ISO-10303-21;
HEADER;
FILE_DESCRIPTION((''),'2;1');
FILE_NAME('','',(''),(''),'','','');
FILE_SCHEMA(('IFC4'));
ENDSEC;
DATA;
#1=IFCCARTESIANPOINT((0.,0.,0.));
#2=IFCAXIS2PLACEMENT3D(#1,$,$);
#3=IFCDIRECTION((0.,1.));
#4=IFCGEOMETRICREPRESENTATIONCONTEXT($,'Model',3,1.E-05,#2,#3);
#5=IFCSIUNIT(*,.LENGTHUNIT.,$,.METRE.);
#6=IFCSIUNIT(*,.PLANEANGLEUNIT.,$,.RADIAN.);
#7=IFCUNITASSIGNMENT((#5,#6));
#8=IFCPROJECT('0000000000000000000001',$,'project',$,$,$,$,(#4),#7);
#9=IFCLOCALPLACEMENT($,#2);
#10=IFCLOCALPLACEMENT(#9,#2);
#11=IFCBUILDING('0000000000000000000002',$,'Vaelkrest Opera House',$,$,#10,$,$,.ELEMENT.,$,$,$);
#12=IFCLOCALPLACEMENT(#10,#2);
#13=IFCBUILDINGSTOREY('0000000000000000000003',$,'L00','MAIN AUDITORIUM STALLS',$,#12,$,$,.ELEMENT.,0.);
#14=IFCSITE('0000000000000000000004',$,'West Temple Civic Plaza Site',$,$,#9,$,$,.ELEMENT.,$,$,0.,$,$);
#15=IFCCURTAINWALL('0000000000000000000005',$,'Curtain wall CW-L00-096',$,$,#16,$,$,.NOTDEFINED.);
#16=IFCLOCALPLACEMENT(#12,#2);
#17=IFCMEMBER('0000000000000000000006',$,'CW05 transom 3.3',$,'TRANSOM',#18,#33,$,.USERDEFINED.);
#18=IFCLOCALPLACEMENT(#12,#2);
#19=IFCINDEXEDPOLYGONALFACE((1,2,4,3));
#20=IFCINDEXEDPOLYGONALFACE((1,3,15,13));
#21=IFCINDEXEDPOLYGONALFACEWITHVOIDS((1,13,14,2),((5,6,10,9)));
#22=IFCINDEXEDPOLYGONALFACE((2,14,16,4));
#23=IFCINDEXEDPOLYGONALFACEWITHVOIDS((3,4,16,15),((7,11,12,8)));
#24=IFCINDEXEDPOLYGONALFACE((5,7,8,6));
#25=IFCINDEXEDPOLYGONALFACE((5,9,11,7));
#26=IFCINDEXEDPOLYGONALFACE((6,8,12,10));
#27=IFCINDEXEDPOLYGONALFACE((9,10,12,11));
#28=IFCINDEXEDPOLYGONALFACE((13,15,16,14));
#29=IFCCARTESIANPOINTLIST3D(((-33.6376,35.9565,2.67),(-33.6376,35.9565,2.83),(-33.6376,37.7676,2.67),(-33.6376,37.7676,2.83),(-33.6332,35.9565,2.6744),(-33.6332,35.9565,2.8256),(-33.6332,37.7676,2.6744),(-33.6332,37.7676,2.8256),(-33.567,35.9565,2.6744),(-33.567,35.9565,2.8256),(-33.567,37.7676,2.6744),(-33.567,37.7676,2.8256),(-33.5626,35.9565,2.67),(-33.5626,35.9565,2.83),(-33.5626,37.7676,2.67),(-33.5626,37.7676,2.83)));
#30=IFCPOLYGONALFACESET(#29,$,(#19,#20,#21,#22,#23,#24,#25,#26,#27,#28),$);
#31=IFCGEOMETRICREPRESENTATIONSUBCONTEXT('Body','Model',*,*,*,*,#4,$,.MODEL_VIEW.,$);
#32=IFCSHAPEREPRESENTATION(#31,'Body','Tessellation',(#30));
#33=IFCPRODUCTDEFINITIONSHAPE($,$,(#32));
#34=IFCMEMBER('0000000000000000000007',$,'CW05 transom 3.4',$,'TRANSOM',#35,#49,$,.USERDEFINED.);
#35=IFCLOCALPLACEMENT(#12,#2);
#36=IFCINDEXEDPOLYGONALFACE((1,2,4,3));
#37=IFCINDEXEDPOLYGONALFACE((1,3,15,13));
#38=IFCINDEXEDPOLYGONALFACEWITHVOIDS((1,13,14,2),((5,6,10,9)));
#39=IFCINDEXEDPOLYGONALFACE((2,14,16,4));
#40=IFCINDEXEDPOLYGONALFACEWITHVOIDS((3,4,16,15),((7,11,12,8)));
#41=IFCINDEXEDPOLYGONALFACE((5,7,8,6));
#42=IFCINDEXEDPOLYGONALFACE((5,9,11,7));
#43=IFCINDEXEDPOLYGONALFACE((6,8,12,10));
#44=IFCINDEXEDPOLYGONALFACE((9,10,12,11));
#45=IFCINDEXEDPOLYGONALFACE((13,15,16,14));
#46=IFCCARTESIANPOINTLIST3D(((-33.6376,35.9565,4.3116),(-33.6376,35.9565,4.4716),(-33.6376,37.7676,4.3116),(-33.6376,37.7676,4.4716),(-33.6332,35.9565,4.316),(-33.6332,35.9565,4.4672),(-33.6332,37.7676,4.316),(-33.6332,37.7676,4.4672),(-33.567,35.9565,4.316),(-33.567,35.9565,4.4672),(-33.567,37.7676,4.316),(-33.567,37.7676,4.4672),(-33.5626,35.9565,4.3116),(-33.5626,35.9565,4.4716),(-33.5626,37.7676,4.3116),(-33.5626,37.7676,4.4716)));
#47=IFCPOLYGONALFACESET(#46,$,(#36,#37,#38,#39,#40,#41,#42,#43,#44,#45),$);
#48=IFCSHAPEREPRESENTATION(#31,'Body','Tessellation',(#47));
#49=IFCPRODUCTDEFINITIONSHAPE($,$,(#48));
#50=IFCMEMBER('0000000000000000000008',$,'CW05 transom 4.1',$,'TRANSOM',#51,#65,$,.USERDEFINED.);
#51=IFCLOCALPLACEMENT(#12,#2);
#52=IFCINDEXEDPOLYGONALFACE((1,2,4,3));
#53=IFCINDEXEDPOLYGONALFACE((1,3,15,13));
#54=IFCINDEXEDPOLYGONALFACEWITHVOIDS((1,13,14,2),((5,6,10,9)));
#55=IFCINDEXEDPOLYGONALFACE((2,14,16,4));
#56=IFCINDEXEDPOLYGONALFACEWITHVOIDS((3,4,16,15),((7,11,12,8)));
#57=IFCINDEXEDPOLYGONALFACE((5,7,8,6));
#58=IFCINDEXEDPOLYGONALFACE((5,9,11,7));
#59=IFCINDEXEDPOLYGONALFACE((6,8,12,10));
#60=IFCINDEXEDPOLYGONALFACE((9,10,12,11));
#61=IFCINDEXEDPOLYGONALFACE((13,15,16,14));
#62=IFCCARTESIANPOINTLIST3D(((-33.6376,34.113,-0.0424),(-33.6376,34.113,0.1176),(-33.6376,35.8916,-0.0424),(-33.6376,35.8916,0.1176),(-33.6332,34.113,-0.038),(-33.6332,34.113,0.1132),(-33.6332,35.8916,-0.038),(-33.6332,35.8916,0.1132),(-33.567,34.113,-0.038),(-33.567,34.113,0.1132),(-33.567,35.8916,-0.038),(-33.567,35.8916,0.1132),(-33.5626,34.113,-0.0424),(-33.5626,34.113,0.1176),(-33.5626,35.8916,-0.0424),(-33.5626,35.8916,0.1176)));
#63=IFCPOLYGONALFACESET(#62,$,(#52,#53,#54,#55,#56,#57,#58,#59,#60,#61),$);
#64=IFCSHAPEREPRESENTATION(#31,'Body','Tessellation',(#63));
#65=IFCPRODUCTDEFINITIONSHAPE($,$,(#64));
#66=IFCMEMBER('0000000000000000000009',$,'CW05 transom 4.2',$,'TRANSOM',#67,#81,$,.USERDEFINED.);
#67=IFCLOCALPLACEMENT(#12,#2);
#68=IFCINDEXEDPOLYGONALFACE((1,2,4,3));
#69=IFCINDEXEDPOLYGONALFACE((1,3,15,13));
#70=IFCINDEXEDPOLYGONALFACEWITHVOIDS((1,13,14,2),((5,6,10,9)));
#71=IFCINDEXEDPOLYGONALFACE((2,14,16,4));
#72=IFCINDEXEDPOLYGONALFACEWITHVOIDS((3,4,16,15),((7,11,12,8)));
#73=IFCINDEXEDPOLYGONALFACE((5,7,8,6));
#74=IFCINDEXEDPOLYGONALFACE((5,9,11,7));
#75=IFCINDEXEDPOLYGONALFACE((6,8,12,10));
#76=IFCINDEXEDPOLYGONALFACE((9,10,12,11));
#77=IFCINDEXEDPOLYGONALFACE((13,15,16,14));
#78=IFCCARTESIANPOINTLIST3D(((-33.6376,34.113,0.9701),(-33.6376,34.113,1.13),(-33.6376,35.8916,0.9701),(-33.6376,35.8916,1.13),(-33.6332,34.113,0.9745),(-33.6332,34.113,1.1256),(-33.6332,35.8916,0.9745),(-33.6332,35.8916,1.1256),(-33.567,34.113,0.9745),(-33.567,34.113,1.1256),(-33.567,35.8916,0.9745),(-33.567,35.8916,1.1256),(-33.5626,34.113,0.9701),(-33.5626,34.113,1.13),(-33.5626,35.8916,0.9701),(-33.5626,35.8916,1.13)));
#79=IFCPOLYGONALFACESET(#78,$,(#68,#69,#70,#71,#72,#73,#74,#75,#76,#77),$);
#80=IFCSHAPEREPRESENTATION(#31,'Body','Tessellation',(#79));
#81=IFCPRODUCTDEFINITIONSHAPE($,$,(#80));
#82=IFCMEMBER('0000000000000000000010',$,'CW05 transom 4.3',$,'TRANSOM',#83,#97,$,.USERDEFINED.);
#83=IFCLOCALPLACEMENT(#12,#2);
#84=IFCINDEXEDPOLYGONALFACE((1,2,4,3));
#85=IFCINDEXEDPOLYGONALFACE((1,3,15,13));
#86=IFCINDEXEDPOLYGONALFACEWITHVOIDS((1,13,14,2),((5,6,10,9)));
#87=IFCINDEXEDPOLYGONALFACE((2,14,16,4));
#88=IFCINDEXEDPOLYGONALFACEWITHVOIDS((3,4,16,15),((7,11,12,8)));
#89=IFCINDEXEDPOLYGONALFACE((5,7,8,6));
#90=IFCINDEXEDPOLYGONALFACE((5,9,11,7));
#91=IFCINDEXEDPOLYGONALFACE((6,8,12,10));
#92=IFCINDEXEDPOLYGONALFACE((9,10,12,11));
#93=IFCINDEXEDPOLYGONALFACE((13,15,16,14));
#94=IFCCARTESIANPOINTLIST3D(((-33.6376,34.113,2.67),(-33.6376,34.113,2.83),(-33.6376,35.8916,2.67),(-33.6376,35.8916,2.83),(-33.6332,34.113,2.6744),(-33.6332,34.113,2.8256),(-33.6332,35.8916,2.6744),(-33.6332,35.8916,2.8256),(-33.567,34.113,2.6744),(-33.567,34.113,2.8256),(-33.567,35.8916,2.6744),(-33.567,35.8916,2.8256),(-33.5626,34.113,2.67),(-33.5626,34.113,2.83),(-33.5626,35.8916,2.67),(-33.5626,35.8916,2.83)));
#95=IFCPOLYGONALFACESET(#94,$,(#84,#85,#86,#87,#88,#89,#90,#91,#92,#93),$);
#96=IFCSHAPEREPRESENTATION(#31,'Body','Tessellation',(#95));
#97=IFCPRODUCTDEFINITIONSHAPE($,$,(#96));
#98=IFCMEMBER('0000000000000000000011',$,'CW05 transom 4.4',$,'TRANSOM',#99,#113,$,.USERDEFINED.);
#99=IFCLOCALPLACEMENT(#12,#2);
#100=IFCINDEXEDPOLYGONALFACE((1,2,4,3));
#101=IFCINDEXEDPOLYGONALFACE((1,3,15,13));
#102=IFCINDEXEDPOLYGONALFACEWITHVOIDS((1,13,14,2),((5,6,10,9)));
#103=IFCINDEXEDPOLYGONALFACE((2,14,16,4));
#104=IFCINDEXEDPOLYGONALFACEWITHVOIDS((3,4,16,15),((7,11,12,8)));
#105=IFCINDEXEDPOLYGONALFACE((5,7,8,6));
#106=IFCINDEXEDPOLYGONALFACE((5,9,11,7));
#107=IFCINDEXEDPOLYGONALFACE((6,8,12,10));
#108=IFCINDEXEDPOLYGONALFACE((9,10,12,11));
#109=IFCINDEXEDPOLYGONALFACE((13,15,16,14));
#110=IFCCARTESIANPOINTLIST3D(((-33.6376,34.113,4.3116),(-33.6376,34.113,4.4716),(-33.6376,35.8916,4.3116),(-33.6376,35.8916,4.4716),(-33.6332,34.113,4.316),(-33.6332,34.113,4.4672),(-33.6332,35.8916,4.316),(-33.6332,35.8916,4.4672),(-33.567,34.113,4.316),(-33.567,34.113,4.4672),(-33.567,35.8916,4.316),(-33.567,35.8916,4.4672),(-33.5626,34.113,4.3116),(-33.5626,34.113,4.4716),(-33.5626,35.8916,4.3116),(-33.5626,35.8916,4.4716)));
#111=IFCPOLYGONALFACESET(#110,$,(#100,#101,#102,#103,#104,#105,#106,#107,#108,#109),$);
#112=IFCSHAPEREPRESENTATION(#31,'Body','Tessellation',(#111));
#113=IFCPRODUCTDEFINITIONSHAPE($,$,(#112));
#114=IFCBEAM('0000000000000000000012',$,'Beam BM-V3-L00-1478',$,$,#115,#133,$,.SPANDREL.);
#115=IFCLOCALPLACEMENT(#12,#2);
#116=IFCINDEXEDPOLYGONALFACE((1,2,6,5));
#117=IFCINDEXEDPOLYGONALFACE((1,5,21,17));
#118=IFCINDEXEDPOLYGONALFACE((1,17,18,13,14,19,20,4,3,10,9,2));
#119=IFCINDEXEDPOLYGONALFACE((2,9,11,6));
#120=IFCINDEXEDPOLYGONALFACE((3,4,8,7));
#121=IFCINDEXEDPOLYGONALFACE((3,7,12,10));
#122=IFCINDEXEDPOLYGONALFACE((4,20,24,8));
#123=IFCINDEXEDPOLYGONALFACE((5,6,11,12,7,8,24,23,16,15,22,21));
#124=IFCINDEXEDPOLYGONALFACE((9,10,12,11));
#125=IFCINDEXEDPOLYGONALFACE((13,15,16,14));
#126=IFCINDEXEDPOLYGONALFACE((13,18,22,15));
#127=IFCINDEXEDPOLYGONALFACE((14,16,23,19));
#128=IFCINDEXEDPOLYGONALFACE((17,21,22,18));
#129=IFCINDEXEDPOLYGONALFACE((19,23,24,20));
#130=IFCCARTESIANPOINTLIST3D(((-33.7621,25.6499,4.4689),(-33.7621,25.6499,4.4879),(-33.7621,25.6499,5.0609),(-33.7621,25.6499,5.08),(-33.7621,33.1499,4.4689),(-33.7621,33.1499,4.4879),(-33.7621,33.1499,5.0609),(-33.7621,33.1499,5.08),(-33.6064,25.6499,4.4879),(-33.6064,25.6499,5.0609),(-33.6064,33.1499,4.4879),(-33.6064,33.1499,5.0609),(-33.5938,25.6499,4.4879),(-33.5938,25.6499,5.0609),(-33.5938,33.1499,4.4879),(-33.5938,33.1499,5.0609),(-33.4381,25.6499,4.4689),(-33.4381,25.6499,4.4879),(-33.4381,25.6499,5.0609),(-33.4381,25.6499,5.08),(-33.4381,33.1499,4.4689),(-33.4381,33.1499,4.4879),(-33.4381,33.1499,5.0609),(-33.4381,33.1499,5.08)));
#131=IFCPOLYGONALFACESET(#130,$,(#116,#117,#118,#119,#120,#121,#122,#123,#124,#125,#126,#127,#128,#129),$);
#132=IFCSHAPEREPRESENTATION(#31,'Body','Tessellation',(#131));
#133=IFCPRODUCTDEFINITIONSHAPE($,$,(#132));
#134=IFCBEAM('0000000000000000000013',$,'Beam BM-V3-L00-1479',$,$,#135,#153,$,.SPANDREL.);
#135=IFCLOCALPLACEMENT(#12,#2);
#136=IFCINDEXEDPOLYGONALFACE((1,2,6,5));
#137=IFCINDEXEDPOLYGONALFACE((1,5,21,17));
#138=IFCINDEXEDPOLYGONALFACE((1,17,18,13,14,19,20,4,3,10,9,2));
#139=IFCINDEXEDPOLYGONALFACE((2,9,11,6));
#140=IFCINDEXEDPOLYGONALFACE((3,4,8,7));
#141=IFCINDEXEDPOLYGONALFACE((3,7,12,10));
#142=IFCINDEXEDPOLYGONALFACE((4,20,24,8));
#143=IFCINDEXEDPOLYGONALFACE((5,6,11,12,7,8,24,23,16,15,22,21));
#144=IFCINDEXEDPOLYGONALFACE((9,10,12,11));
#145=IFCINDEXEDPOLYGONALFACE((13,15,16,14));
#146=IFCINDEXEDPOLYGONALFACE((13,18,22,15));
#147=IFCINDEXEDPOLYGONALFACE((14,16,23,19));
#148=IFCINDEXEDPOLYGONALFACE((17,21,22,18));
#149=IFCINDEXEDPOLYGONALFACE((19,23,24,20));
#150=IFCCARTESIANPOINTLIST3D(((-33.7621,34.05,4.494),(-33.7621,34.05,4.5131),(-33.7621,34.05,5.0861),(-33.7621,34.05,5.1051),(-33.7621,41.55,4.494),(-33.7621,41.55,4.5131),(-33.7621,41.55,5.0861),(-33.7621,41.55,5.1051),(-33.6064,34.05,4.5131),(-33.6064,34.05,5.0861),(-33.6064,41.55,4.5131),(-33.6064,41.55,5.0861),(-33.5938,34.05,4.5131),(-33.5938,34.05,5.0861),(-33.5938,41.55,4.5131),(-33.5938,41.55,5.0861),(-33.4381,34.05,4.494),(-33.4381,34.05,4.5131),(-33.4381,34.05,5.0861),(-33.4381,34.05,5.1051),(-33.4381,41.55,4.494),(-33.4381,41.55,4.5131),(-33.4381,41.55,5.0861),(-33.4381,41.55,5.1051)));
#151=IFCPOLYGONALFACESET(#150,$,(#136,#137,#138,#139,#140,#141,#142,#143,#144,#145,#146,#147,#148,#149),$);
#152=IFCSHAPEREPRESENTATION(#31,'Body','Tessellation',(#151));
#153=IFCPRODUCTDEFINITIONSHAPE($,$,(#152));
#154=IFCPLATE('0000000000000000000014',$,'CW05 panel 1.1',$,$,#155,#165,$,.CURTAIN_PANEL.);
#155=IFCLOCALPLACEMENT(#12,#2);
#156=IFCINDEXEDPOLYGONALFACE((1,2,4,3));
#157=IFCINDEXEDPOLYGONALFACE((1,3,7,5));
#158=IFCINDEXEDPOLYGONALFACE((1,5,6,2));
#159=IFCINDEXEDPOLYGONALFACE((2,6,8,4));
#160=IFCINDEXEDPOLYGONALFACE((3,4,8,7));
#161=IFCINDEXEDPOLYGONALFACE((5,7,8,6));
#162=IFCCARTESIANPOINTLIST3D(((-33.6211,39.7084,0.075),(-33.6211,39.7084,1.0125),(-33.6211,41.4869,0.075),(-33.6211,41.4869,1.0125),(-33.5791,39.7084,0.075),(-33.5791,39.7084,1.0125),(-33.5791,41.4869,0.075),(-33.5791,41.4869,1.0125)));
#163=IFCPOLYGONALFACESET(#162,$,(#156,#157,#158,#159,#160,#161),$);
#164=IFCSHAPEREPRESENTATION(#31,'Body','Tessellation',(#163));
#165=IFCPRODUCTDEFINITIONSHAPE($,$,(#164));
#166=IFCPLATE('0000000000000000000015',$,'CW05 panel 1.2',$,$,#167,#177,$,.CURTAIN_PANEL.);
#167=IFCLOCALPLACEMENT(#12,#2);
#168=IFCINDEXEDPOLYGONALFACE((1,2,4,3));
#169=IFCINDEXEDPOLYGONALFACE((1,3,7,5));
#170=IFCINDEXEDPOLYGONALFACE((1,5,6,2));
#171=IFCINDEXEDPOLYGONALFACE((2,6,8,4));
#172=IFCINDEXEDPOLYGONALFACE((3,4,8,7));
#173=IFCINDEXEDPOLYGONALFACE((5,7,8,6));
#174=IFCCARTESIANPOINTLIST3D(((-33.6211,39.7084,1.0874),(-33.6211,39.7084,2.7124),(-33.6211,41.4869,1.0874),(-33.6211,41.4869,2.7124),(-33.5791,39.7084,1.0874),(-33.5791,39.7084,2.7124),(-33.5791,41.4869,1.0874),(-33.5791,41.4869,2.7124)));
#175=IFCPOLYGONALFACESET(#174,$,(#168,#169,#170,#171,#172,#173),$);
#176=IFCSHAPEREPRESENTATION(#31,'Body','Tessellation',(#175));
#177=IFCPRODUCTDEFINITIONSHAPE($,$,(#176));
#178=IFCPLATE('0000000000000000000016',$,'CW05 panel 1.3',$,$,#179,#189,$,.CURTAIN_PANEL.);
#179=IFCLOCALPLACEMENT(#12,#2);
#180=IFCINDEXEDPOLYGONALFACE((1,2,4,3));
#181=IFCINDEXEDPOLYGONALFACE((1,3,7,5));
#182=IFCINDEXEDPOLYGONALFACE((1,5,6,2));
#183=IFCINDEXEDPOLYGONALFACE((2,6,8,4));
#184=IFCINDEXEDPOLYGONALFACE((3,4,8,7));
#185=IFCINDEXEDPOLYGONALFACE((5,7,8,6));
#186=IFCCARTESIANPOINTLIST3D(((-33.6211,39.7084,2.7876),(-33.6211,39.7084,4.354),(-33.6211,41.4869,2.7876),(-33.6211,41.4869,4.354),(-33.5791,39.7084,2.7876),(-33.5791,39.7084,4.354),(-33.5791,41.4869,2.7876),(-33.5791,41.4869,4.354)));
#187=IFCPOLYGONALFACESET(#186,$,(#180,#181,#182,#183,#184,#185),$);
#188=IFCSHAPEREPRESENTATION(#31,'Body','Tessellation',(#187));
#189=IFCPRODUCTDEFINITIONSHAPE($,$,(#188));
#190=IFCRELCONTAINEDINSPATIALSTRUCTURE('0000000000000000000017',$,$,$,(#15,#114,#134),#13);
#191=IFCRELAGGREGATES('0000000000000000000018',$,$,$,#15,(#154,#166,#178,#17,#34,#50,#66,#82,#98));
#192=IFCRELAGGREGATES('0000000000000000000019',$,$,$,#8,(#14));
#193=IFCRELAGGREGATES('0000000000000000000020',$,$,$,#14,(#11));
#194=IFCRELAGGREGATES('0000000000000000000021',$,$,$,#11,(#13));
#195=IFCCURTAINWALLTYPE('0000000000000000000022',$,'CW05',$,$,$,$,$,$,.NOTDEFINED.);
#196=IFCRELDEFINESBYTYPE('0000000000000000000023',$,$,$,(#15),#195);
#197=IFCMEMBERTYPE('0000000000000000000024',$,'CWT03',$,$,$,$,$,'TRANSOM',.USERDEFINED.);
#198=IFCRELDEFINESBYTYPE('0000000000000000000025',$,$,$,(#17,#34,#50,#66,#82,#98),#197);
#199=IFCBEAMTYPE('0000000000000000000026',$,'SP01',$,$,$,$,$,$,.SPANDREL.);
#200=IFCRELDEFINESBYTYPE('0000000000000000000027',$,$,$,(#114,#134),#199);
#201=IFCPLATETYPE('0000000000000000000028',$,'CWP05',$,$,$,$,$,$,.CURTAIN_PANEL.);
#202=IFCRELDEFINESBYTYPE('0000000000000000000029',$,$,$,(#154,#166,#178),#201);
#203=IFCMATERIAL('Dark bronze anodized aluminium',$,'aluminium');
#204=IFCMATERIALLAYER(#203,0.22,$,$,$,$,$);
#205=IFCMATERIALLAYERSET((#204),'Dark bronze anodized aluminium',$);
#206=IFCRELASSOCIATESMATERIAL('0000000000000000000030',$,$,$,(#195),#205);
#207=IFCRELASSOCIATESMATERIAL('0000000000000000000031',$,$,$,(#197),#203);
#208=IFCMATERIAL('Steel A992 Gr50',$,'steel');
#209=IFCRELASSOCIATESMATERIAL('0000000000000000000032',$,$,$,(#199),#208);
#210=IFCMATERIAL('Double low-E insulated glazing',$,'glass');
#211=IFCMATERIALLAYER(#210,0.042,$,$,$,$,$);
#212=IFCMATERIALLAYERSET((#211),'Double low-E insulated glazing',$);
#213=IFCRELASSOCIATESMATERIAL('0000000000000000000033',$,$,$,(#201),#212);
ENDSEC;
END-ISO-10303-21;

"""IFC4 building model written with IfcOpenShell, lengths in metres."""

from ifc_helpers import new_model, si_unit, direction, frame, origin, origin_2d, place, context, subcontext, project, spatial, rectangle, hollow_rectangle, i_section, extrude, material, layer, layer_set, material_profile, profile_set, type_object, element, aggregate, save


model = new_model("IFC4")

# Units and contexts
model_context = context("Model", 3, precision=1e-05, world=origin(), true_north=direction((0.0, 1.0)))
body_context = subcontext(model_context, "Body", "Model", "MODEL_VIEW")
ifc_project = project(units=[si_unit("LENGTHUNIT", "METRE"), si_unit("PLANEANGLEUNIT", "RADIAN")], contexts=[model_context])

# Site, building, storey
site_placement = place(None, origin())
site = spatial("IfcSite", under=ifc_project, at=site_placement, Name="West Temple Civic Plaza Site", CompositionType="ELEMENT", RefElevation=0.0)
building_placement = place(site_placement, origin())
building = spatial("IfcBuilding", under=site, at=building_placement, Name="Vaelkrest Opera House", CompositionType="ELEMENT")
storey_placement = place(building_placement, origin())
storey = spatial("IfcBuildingStorey", under=building, at=storey_placement, Name="L00", Description="MAIN AUDITORIUM STALLS", CompositionType="ELEMENT", Elevation=0.0)

# Curtain wall, members
ifc_material_1 = material(Name="Dark bronze anodized aluminium", Category="aluminium")
ifc_layer_1 = layer(ifc_material_1, 0.22)
ifc_layer_set_1 = layer_set([ifc_layer_1], Name="Dark bronze anodized aluminium")
curtain_wall_type = type_object("IfcCurtainWallType", Name="CW05", PredefinedType="NOTDEFINED", material=ifc_layer_set_1)
curtain_wall_placement = place(storey_placement, origin())
curtain_wall = element("IfcCurtainWall", 1, at=curtain_wall_placement, inside=storey, type_object=curtain_wall_type, Name="Curtain wall CW-L00-096", PredefinedType="NOTDEFINED")
ifc_material_profile_1 = material_profile(ifc_material_1, hollow_rectangle(XDim=0.075, YDim=0.1599, WallThickness=0.0044, at=origin_2d()), Name="CWT75X160")
ifc_profile_set_1 = profile_set([ifc_material_profile_1], Name="Dark bronze anodized aluminium")
member_type_1 = type_object("IfcMemberType", Name="CWT03", ElementType="TRANSOM", PredefinedType="USERDEFINED", material=ifc_profile_set_1)
member_1_placement = place(storey_placement, frame((-33.6001, 37.7676, 2.75), z_axis=(0.0, -1.0, 0.0), x_axis=(1.0, 0.0, 0.0)))
member_1 = element("IfcMember", 2, at=member_1_placement, type_object=member_type_1, Name="CW05 transom 3.3", ObjectType="TRANSOM", PredefinedType="USERDEFINED", context=body_context, shape_type="SweptSolid", body=[
    extrude(hollow_rectangle(XDim=0.075, YDim=0.1599, WallThickness=0.0044, at=origin_2d()), origin(), (0.0, 0.0, 1.0), 1.811),
])
member_2_placement = place(storey_placement, frame((-33.6001, 37.7676, 4.3916), z_axis=(0.0, -1.0, 0.0), x_axis=(1.0, 0.0, 0.0)))
member_2 = element("IfcMember", 3, at=member_2_placement, type_object=member_type_1, Name="CW05 transom 3.4", ObjectType="TRANSOM", PredefinedType="USERDEFINED", context=body_context, shape_type="SweptSolid", body=[
    extrude(hollow_rectangle(XDim=0.075, YDim=0.1599, WallThickness=0.0044, at=origin_2d()), origin(), (0.0, 0.0, 1.0), 1.811),
])
member_3_placement = place(storey_placement, frame((-33.6001, 35.8916, 0.0376), z_axis=(0.0, -1.0, 0.0), x_axis=(1.0, 0.0, 0.0)))
member_3 = element("IfcMember", 4, at=member_3_placement, type_object=member_type_1, Name="CW05 transom 4.1", ObjectType="TRANSOM", PredefinedType="USERDEFINED", context=body_context, shape_type="SweptSolid", body=[
    extrude(hollow_rectangle(XDim=0.075, YDim=0.1599, WallThickness=0.0044, at=origin_2d()), origin(), (0.0, 0.0, 1.0), 1.7786),
])
member_4_placement = place(storey_placement, frame((-33.6001, 35.8916, 1.05), z_axis=(0.0, -1.0, 0.0), x_axis=(1.0, 0.0, 0.0)))
member_4 = element("IfcMember", 5, at=member_4_placement, type_object=member_type_1, Name="CW05 transom 4.2", ObjectType="TRANSOM", PredefinedType="USERDEFINED", context=body_context, shape_type="SweptSolid", body=[
    extrude(hollow_rectangle(XDim=0.075, YDim=0.1599, WallThickness=0.0044, at=origin_2d()), origin(), (0.0, 0.0, 1.0), 1.7786),
])
member_5_placement = place(storey_placement, frame((-33.6001, 35.8916, 2.75), z_axis=(0.0, -1.0, 0.0), x_axis=(1.0, 0.0, 0.0)))
member_5 = element("IfcMember", 6, at=member_5_placement, type_object=member_type_1, Name="CW05 transom 4.3", ObjectType="TRANSOM", PredefinedType="USERDEFINED", context=body_context, shape_type="SweptSolid", body=[
    extrude(hollow_rectangle(XDim=0.075, YDim=0.1599, WallThickness=0.0044, at=origin_2d()), origin(), (0.0, 0.0, 1.0), 1.7786),
])
member_6_placement = place(storey_placement, frame((-33.6001, 35.8916, 4.3916), z_axis=(0.0, -1.0, 0.0), x_axis=(1.0, 0.0, 0.0)))
member_6 = element("IfcMember", 7, at=member_6_placement, type_object=member_type_1, Name="CW05 transom 4.4", ObjectType="TRANSOM", PredefinedType="USERDEFINED", context=body_context, shape_type="SweptSolid", body=[
    extrude(hollow_rectangle(XDim=0.075, YDim=0.1599, WallThickness=0.0044, at=origin_2d()), origin(), (0.0, 0.0, 1.0), 1.7786),
])

# Beams
ifc_material_2 = material(Name="Steel A992 Gr50", Category="steel")
ifc_material_profile_2 = material_profile(ifc_material_2, i_section(OverallWidth=0.324, OverallDepth=0.6111, WebThickness=0.0127, FlangeThickness=0.019, at=origin_2d()), Name="W24X104")
ifc_profile_set_2 = profile_set([ifc_material_profile_2], Name="Steel A992 Gr50")
beam_type = type_object("IfcBeamType", Name="SP01", PredefinedType="SPANDREL", material=ifc_profile_set_2)
for number, where, z_axis, x_axis, name in (
    (8, (-33.6001, 25.6499, 4.7744), (0.0, 1.0, 0.0), (-1.0, 0.0, 0.0), "Beam BM-V3-L00-1478"),
    (9, (-33.6001, 34.05, 4.7996), (0.0, 1.0, 0.0), (-1.0, 0.0, 0.0), "Beam BM-V3-L00-1479"),
):
    element("IfcBeam", number, at=place(storey_placement, frame(where, z_axis=z_axis, x_axis=x_axis)), inside=storey, type_object=beam_type, Name=name, PredefinedType="SPANDREL", context=body_context, shape_type="SweptSolid", body=[
        extrude(i_section(OverallWidth=0.324, OverallDepth=0.6111, WebThickness=0.0127, FlangeThickness=0.019, at=origin_2d()), origin(), (0.0, 0.0, 1.0), 7.5),
    ])

# Plates
ifc_material_3 = material(Name="Double low-E insulated glazing", Category="glass")
ifc_layer_2 = layer(ifc_material_3, 0.042)
ifc_layer_set_2 = layer_set([ifc_layer_2], Name="Double low-E insulated glazing")
plate_type = type_object("IfcPlateType", Name="CWP05", PredefinedType="CURTAIN_PANEL", material=ifc_layer_set_2)
plate_1_placement = place(storey_placement, frame((-33.6001, 40.5977, 0.075), z_axis=(0.0, 0.0, 1.0), x_axis=(0.0, -1.0, 0.0)))
plate_1 = element("IfcPlate", 10, at=plate_1_placement, type_object=plate_type, Name="CW05 panel 1.1", PredefinedType="CURTAIN_PANEL", context=body_context, shape_type="SweptSolid", body=[
    extrude(rectangle(XDim=1.7786, YDim=0.042, at=origin_2d()), origin(), (0.0, 0.0, 1.0), 0.9375),
])
plate_2_placement = place(storey_placement, frame((-33.6001, 40.5977, 1.0874), z_axis=(0.0, 0.0, 1.0), x_axis=(0.0, -1.0, 0.0)))
plate_2 = element("IfcPlate", 11, at=plate_2_placement, type_object=plate_type, Name="CW05 panel 1.2", PredefinedType="CURTAIN_PANEL", context=body_context, shape_type="SweptSolid", body=[
    extrude(rectangle(XDim=1.7786, YDim=0.042, at=origin_2d()), origin(), (0.0, 0.0, 1.0), 1.625),
])
plate_3_placement = place(storey_placement, frame((-33.6001, 40.5977, 2.7876), z_axis=(0.0, 0.0, 1.0), x_axis=(0.0, -1.0, 0.0)))
plate_3 = element("IfcPlate", 12, at=plate_3_placement, type_object=plate_type, Name="CW05 panel 1.3", PredefinedType="CURTAIN_PANEL", context=body_context, shape_type="SweptSolid", body=[
    extrude(rectangle(XDim=1.7786, YDim=0.042, at=origin_2d()), origin(), (0.0, 0.0, 1.0), 1.5664),
])
aggregate(curtain_wall, [plate_1, plate_2, plate_3, member_1, member_2, member_3, member_4, member_5, member_6])

save(model, "model.ifc")
